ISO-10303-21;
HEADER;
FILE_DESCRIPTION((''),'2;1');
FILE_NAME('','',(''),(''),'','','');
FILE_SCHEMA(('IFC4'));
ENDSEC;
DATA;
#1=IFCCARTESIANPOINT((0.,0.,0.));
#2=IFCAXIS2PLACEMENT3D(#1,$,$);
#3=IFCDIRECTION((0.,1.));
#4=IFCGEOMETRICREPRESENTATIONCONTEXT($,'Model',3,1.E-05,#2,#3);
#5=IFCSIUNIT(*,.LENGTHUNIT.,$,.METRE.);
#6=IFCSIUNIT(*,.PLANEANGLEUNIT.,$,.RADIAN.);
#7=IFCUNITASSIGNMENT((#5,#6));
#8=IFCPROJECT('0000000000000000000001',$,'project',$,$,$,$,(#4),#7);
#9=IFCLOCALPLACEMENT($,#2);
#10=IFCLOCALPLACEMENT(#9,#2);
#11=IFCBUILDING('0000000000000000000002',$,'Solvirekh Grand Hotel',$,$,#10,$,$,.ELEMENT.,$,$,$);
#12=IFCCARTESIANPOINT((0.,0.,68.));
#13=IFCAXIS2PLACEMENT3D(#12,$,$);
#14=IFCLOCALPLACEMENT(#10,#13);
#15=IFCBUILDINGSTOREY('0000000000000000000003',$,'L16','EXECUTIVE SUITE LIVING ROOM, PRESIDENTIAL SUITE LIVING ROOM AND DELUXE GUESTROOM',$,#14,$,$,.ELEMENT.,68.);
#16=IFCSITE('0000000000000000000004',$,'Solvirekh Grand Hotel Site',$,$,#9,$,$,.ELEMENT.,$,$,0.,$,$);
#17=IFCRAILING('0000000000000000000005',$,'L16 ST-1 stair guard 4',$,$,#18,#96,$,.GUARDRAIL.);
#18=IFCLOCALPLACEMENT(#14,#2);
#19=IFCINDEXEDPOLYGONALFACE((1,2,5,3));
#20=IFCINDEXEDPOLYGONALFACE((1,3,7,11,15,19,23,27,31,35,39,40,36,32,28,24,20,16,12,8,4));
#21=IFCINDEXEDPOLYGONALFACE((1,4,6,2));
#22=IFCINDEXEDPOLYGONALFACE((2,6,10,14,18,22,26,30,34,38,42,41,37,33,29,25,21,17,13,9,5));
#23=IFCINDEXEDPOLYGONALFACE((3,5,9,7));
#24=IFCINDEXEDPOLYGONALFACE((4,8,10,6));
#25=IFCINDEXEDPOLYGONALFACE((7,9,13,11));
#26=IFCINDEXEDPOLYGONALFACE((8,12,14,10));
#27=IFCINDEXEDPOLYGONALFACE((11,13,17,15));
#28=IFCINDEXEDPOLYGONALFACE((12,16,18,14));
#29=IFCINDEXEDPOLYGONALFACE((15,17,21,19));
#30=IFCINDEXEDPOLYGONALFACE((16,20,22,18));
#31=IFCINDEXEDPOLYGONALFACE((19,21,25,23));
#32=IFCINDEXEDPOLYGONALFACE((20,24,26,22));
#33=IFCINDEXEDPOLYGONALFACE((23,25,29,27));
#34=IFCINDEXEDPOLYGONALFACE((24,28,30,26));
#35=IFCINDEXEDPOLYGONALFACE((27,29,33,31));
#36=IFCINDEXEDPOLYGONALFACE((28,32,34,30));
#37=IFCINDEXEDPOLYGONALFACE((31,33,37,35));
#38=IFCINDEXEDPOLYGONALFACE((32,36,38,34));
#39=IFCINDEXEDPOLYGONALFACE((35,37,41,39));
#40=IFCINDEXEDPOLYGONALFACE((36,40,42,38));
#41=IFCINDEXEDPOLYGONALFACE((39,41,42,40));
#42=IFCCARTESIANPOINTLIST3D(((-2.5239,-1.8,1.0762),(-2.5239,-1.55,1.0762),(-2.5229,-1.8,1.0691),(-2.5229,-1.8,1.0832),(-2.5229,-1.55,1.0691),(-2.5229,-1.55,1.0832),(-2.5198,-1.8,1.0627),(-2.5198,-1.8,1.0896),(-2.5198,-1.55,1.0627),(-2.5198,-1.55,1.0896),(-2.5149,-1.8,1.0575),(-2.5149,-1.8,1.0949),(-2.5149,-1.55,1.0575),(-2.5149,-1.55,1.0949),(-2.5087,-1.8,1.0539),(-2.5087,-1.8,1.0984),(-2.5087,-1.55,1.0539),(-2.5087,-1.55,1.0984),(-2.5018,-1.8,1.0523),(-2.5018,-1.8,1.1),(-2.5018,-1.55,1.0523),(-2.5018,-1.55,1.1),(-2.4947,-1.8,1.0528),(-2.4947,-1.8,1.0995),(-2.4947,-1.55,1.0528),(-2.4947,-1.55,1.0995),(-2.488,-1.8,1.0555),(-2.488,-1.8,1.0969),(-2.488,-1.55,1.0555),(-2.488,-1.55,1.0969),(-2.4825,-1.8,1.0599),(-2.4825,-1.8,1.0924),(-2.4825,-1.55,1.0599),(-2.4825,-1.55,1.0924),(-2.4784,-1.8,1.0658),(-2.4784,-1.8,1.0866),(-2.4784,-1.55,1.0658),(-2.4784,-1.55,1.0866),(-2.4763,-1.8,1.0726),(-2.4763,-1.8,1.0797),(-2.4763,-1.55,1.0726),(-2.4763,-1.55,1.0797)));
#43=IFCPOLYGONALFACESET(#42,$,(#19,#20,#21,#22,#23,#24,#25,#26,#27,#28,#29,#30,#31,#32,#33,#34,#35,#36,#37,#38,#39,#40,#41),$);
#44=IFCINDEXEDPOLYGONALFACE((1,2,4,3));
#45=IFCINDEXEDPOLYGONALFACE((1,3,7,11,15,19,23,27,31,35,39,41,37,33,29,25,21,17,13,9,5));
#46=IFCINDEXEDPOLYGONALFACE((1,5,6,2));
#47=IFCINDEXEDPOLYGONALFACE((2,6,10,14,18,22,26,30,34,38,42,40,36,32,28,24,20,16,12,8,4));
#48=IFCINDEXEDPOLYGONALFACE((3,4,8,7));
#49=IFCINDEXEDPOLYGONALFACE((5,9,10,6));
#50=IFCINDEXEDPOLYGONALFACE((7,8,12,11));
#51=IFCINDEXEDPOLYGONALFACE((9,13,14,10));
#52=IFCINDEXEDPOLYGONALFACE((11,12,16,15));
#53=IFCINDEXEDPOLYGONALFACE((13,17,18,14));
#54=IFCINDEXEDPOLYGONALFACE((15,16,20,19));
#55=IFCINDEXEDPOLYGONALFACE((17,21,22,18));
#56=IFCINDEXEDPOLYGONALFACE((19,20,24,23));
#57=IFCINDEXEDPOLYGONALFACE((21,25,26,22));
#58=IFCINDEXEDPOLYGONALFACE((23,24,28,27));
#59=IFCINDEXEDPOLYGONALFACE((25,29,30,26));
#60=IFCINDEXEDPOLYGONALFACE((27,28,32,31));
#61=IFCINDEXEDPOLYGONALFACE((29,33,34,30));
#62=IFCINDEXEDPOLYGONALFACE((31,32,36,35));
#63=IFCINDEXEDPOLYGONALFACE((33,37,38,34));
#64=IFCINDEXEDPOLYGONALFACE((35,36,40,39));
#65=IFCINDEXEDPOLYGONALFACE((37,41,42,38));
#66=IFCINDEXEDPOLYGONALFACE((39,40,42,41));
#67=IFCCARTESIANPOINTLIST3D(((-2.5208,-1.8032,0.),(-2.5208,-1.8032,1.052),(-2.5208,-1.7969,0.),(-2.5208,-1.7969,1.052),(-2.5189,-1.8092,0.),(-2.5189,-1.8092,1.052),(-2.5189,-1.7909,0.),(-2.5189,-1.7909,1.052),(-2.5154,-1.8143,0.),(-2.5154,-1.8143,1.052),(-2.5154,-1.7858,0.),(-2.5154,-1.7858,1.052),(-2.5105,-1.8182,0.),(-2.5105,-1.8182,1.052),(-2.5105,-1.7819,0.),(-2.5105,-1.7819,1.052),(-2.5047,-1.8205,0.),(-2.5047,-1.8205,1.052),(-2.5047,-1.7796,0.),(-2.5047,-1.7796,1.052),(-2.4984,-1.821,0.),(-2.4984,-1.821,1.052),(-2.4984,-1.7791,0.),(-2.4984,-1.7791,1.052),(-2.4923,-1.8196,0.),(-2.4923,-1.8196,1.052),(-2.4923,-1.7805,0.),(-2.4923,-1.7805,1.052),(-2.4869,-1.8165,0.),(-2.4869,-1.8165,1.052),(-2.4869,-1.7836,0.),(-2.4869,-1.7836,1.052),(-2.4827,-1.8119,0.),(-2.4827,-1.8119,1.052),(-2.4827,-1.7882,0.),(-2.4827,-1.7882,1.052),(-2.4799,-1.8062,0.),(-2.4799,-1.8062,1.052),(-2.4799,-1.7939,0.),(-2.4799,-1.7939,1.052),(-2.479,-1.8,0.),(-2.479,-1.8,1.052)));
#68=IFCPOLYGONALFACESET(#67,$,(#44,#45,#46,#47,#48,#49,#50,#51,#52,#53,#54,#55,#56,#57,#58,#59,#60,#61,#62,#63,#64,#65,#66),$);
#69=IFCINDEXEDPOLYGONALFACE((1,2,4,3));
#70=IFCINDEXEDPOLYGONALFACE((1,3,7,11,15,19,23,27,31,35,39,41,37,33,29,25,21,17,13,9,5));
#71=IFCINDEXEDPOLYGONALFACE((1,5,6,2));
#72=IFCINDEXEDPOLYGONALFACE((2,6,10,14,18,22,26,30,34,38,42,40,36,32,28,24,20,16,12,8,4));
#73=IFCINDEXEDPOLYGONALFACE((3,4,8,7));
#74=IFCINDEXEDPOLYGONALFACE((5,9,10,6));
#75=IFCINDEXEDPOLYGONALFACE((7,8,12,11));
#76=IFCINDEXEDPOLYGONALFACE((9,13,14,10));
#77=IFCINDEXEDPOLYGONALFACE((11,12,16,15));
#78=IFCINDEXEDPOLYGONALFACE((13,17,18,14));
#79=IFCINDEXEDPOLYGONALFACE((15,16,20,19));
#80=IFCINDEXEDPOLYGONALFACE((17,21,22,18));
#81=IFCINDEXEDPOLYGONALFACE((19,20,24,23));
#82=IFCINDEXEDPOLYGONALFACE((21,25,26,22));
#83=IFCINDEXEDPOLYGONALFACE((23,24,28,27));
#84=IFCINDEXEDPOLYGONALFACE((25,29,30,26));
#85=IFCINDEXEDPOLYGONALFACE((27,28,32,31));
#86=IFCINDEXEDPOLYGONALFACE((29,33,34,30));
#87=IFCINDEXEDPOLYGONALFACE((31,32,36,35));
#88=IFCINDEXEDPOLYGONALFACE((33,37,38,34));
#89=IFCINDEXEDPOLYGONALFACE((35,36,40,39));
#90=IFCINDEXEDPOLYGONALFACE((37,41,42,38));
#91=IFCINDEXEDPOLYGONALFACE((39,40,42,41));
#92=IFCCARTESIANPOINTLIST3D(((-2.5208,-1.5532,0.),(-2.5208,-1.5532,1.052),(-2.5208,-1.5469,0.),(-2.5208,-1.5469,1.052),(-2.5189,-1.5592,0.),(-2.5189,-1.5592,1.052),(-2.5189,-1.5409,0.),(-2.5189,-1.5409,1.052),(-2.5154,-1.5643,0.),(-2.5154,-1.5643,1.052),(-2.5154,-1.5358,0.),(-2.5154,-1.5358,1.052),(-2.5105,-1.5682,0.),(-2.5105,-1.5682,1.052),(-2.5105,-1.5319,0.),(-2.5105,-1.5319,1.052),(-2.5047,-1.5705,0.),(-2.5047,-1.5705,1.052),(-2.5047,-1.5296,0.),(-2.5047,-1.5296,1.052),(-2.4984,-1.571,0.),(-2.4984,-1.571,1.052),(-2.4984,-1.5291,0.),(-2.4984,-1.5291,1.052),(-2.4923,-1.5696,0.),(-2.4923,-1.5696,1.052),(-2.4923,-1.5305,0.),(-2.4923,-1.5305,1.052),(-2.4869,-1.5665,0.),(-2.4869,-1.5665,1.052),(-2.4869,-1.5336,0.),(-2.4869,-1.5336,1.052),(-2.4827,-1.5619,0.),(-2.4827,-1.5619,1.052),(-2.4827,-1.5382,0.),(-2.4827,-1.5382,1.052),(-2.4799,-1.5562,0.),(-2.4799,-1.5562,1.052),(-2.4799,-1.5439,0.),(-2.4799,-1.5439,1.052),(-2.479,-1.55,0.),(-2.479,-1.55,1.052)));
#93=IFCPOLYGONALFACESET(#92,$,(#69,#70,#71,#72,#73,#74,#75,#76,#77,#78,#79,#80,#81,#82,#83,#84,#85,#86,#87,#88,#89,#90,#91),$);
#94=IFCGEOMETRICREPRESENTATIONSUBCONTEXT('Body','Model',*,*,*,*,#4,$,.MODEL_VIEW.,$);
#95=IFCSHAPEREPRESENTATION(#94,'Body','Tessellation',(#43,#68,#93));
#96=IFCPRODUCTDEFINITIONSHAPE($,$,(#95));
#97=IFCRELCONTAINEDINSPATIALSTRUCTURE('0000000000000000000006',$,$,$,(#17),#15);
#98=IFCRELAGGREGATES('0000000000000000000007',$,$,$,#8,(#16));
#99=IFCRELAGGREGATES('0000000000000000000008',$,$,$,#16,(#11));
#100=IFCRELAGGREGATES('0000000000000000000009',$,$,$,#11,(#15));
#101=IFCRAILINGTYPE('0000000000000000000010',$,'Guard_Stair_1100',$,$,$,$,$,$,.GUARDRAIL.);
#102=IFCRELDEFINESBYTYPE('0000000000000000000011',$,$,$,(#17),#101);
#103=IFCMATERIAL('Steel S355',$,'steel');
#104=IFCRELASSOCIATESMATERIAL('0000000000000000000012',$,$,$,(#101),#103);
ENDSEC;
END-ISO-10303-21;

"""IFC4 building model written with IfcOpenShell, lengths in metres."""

from ifc_helpers import new_model, si_unit, direction, frame, origin, origin_2d, place, context, subcontext, project, spatial, circle, extrude, material, type_object, element, save


model = new_model("IFC4")

# Units and contexts
model_context = context("Model", 3, precision=1e-05, world=origin(), true_north=direction((0.0, 1.0)))
body_context = subcontext(model_context, "Body", "Model", "MODEL_VIEW")
ifc_project = project(units=[si_unit("LENGTHUNIT", "METRE"), si_unit("PLANEANGLEUNIT", "RADIAN")], contexts=[model_context])

# Site, building, storey
site_placement = place(None, origin())
site = spatial("IfcSite", under=ifc_project, at=site_placement, Name="Solvirekh Grand Hotel Site", CompositionType="ELEMENT", RefElevation=0.0)
building_placement = place(site_placement, origin())
building = spatial("IfcBuilding", under=site, at=building_placement, Name="Solvirekh Grand Hotel", CompositionType="ELEMENT")
storey_placement = place(building_placement, frame((0.0, 0.0, 68.0)))
storey = spatial("IfcBuildingStorey", under=building, at=storey_placement, Name="L16", Description="EXECUTIVE SUITE LIVING ROOM, PRESIDENTIAL SUITE LIVING ROOM AND DELUXE GUESTROOM", CompositionType="ELEMENT", Elevation=68.0)

# Railing
ifc_material_1 = material(Name="Steel S355", Category="steel")
railing_type_1 = type_object("IfcRailingType", Name="Guard_Stair_1100", PredefinedType="GUARDRAIL", material=ifc_material_1)
railing_1_placement = place(storey_placement, frame((-2.5, -1.8, 0.0)))
element("IfcRailing", 1, at=railing_1_placement, inside=storey, type_object=railing_type_1, Name="L16 ST-1 stair guard 4", PredefinedType="GUARDRAIL", context=body_context, shape_type="SweptSolid", body=[
    extrude(circle(Radius=0.0239, at=origin_2d()), frame((0.0, 0.0, 1.0762), z_axis=(0.0, 1.0, 0.0), x_axis=(-1.0, 0.0, 0.0)), (0.0, 0.0, 1.0), 0.25),
    extrude(circle(Radius=0.021, at=origin_2d()), origin(), (0.0, 0.0, 1.0), 1.052),
    extrude(circle(Radius=0.021, at=origin_2d()), frame((0.0, 0.25, 0.0)), (0.0, 0.0, 1.0), 1.052),
])

save(model, "model.ifc")
